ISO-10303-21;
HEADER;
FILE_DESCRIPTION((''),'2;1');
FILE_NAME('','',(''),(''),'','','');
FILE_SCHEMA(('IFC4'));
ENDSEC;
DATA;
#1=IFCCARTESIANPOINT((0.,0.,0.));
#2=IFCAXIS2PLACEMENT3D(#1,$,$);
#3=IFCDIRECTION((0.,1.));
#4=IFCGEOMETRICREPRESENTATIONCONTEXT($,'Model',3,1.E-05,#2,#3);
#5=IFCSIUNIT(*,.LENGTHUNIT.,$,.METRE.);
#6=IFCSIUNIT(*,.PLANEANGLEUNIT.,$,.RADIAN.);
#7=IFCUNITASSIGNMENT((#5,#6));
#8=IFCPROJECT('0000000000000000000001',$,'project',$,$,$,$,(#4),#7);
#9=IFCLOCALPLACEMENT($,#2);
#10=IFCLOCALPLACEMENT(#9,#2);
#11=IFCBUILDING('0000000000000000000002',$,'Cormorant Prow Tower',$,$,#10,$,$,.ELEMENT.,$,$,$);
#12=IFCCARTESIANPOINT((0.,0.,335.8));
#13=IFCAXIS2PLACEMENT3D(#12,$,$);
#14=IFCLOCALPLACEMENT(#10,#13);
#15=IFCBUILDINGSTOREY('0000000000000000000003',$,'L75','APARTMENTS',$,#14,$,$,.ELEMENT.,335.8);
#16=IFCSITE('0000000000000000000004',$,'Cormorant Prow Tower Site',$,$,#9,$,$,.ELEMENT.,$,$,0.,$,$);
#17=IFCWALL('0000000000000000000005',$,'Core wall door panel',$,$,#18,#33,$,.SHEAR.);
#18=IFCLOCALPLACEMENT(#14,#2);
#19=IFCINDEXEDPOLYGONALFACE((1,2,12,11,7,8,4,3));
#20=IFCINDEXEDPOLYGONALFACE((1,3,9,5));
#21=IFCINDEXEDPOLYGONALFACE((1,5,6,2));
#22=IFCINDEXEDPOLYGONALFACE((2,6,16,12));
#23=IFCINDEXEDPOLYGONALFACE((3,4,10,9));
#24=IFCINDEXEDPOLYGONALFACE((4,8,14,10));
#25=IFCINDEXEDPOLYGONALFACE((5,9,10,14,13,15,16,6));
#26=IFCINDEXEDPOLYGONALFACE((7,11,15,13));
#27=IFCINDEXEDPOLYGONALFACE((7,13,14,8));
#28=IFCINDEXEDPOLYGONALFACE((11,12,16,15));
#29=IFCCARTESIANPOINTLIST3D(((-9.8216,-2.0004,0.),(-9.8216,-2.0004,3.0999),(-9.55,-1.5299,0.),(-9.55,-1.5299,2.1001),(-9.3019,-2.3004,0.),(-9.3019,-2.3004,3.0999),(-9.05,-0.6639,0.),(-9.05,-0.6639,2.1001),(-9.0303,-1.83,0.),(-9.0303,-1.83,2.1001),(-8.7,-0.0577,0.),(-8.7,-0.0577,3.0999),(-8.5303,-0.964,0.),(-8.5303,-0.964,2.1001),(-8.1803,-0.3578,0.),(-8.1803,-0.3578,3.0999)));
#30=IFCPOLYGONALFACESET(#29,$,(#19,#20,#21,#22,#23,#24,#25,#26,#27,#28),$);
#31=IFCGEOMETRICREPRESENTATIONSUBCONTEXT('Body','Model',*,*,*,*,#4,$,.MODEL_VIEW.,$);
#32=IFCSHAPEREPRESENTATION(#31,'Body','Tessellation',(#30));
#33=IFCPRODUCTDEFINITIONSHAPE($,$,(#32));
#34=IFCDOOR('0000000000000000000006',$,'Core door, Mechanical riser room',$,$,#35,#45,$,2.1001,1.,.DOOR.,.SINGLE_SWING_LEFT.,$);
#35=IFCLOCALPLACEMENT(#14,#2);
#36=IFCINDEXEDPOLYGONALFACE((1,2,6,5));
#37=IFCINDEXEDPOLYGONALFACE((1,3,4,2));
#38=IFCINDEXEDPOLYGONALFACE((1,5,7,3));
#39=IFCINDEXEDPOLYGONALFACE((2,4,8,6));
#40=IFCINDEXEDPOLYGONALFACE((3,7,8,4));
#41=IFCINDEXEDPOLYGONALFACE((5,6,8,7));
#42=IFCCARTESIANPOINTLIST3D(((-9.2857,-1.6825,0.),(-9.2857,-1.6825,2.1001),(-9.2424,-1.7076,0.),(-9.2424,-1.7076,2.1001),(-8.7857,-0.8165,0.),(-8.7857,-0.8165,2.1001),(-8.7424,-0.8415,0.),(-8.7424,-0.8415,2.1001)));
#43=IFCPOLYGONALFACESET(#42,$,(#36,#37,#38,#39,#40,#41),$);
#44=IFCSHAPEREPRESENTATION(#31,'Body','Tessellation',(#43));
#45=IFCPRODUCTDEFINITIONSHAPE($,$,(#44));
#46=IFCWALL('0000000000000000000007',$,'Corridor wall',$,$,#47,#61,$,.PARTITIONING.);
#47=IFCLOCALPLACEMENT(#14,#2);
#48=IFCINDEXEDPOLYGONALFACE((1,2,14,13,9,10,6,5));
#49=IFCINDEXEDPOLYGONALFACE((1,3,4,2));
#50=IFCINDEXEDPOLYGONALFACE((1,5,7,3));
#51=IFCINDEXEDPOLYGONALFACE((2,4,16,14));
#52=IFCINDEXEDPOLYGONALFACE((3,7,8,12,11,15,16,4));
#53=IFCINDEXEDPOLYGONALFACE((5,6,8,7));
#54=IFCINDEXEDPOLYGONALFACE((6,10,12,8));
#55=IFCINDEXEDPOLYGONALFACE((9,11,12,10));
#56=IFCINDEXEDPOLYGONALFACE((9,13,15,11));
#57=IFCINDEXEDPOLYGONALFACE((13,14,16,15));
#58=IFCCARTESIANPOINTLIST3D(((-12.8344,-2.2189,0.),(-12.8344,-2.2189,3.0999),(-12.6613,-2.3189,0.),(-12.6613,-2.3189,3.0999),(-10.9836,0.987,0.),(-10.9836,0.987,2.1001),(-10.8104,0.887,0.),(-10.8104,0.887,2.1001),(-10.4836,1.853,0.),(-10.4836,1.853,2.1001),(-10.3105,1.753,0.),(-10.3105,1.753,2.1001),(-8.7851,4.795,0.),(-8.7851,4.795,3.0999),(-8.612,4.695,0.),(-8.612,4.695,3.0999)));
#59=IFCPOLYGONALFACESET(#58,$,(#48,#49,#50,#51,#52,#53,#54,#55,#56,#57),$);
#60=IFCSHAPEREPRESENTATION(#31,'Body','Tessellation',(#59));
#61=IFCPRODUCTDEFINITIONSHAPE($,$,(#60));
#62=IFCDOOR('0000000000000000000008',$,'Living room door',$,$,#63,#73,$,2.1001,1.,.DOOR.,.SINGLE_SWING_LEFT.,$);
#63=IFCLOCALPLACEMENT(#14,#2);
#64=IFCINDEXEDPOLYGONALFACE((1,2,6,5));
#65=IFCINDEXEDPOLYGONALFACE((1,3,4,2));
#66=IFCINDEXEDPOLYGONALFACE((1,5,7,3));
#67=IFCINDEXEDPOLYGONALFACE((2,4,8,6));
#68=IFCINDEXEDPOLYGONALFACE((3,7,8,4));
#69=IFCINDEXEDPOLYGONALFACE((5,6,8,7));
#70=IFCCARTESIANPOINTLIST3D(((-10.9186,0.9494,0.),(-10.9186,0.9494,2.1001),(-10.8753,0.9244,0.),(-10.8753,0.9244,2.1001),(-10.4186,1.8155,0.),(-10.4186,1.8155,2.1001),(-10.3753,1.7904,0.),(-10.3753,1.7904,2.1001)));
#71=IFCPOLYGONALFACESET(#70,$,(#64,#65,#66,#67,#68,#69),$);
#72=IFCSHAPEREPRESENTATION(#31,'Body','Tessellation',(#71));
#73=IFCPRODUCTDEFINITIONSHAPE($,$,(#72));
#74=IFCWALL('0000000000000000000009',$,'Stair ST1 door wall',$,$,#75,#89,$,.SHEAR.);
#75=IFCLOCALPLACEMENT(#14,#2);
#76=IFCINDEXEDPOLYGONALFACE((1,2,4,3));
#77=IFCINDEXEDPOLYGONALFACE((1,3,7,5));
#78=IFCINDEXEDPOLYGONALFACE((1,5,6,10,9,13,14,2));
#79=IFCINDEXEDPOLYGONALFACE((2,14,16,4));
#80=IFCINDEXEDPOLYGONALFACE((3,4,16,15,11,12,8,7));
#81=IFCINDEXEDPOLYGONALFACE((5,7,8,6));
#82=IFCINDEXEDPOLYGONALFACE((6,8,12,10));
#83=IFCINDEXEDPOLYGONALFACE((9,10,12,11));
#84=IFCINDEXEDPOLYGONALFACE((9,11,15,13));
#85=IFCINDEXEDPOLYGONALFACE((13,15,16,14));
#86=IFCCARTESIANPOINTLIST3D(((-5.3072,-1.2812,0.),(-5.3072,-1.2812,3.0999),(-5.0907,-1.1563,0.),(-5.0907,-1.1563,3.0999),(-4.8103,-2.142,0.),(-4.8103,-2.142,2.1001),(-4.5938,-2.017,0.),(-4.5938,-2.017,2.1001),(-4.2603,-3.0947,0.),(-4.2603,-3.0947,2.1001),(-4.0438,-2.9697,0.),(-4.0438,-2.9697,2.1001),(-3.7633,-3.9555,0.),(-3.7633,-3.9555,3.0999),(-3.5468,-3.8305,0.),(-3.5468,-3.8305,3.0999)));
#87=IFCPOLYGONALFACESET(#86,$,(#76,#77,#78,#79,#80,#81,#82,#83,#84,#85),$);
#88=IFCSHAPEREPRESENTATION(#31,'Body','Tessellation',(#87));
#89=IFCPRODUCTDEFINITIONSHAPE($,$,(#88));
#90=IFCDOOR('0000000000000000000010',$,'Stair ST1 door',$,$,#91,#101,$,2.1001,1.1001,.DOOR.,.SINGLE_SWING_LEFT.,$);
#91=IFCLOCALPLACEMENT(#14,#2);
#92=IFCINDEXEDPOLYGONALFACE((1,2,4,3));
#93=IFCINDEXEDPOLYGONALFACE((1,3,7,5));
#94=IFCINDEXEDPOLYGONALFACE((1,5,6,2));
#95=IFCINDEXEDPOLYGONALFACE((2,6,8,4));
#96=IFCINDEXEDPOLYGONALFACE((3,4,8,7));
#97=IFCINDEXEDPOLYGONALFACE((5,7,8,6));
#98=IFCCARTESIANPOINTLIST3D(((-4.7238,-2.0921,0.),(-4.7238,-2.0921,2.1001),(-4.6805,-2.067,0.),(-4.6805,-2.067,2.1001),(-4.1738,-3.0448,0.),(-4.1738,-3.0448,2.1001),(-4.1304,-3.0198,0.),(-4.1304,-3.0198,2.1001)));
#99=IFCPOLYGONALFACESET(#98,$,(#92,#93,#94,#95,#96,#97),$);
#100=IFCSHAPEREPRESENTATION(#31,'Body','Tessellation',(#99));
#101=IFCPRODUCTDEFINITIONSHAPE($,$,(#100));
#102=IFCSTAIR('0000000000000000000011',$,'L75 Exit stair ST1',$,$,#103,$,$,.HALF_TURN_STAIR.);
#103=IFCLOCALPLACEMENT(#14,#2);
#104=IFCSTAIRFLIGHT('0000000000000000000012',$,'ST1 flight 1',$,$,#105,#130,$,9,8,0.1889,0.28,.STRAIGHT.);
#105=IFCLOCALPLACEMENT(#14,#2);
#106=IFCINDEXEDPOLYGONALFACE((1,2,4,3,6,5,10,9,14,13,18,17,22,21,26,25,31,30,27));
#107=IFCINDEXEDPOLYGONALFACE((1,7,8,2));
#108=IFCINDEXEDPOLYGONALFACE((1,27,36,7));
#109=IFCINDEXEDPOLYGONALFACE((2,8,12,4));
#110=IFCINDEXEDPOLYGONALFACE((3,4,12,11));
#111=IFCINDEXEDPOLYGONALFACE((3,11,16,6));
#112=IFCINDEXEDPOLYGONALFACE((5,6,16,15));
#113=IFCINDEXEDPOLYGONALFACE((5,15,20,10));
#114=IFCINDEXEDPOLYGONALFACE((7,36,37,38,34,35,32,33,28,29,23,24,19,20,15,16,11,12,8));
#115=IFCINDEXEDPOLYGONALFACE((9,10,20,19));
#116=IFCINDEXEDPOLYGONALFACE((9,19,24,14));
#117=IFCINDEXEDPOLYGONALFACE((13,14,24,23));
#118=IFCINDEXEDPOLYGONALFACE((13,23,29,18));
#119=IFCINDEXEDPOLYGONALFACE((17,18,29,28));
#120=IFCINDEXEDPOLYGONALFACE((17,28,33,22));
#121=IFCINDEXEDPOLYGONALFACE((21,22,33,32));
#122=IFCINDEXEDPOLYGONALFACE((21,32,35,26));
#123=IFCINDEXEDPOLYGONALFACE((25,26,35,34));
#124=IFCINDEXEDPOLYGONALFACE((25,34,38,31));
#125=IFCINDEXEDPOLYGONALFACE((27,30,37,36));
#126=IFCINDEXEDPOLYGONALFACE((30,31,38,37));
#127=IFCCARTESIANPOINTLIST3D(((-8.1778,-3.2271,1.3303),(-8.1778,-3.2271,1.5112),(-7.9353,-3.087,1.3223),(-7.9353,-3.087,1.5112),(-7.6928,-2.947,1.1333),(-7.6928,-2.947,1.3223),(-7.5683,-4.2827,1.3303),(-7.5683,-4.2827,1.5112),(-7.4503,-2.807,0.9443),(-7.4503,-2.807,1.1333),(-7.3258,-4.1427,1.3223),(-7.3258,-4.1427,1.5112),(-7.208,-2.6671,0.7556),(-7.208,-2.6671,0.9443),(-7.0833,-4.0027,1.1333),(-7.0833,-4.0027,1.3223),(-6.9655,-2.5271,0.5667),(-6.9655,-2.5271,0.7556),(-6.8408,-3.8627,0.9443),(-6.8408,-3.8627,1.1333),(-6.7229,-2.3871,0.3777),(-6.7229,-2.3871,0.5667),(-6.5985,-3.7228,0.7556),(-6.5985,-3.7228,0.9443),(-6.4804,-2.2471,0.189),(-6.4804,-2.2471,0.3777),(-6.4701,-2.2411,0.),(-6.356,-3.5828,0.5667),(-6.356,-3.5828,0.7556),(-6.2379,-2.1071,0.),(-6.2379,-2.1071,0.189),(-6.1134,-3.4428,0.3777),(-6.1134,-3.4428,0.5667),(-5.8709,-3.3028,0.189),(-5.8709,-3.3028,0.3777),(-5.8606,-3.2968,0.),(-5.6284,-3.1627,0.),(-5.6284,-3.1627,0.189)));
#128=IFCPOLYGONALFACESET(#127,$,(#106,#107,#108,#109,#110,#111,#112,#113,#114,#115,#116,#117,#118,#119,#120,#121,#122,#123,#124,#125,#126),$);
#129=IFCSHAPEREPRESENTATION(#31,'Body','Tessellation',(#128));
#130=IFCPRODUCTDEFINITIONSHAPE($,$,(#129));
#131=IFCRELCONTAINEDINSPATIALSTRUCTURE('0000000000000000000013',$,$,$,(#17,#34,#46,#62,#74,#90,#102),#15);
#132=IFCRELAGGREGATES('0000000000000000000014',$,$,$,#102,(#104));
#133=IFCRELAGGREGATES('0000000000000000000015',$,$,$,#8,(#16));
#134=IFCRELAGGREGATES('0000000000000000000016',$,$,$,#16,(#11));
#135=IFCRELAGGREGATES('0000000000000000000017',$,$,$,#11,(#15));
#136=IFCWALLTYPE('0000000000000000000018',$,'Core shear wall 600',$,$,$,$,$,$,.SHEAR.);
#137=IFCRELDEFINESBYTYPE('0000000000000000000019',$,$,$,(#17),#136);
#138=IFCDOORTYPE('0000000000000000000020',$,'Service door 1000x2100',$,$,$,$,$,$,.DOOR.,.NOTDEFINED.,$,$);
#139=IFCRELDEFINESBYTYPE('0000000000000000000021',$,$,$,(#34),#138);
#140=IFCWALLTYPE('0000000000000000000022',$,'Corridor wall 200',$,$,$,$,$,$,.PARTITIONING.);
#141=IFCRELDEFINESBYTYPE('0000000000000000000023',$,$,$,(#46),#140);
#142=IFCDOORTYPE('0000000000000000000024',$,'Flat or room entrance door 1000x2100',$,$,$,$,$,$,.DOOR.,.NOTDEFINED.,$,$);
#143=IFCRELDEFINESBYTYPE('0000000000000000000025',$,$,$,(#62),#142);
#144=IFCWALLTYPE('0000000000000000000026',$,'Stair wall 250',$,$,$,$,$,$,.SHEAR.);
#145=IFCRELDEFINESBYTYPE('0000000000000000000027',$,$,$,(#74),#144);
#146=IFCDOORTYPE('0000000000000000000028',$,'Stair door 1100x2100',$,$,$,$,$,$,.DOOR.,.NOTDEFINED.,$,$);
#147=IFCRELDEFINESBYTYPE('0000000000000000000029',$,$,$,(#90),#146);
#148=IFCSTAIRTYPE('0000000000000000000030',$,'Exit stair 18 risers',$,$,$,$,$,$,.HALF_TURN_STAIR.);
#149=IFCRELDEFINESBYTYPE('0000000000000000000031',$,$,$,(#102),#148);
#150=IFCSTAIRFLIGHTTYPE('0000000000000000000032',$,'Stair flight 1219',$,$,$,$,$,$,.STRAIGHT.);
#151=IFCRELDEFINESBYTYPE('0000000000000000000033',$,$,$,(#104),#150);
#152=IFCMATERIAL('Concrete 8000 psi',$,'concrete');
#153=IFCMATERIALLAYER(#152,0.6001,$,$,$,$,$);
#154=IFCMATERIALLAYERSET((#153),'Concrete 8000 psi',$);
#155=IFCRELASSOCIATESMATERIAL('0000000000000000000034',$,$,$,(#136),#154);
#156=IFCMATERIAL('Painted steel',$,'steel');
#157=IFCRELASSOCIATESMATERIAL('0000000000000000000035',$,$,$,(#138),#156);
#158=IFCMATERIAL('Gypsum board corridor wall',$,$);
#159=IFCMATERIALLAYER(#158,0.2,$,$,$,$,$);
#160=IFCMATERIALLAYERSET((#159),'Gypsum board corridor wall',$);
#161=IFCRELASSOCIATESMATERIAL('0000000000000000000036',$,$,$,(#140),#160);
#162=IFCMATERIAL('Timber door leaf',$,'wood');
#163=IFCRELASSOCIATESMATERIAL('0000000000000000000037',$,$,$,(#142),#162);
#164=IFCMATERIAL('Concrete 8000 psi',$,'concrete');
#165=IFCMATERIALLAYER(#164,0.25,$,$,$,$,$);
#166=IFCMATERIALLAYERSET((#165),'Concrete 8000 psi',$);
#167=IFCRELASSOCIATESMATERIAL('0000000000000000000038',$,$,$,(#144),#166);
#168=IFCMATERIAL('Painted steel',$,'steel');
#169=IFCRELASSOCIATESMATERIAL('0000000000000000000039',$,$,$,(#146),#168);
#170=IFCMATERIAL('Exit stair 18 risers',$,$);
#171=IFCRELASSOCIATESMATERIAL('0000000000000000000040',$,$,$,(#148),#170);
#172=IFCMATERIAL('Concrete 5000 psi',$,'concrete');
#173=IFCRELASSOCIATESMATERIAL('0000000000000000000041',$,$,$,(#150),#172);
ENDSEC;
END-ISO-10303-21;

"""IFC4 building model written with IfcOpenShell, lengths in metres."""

from ifc_helpers import new_model, si_unit, direction, frame, frame_2d, origin, place, context, subcontext, project, spatial, polyline, rectangle, outline, extrude, material, layer, layer_set, type_object, element, fill, aggregate, save


model = new_model("IFC4")

# Units and contexts
model_context = context("Model", 3, precision=1e-05, world=origin(), true_north=direction((0.0, 1.0)))
body_context = subcontext(model_context, "Body", "Model", "MODEL_VIEW")
ifc_project = project(units=[si_unit("LENGTHUNIT", "METRE"), si_unit("PLANEANGLEUNIT", "RADIAN")], contexts=[model_context])

# Site, building, storey
site_placement = place(None, origin())
site = spatial("IfcSite", under=ifc_project, at=site_placement, Name="Cormorant Prow Tower Site", CompositionType="ELEMENT", RefElevation=0.0)
building_placement = place(site_placement, origin())
building = spatial("IfcBuilding", under=site, at=building_placement, Name="Cormorant Prow Tower", CompositionType="ELEMENT")
storey_placement = place(building_placement, frame((0.0, 0.0, 335.8)))
storey = spatial("IfcBuildingStorey", under=building, at=storey_placement, Name="L75", Description="APARTMENTS", CompositionType="ELEMENT", Elevation=335.8)

# Shared definitions
ifc_material_1 = material(Name="Concrete 8000 psi", Category="concrete")
ifc_layer_1 = layer(ifc_material_1, 0.6001)
ifc_layer_set_1 = layer_set([ifc_layer_1], Name="Concrete 8000 psi")
wall_type_1 = type_object("IfcWallType", Name="Core shear wall 600", PredefinedType="SHEAR", material=ifc_layer_set_1)

# Walls, openings, doors
wall_1_placement = place(storey_placement, frame((-8.4402, -0.2078, 0.0), z_axis=(0.0, 0.0, 1.0), x_axis=(-0.500002, -0.866024, 0.0)))
wall_1 = element("IfcWall", 1, at=wall_1_placement, inside=storey, type_object=wall_type_1, Name="Core wall door panel", PredefinedType="SHEAR", context=body_context, shape_type="SweptSolid", body=[
    extrude(rectangle(XDim=2.2432, YDim=0.6001, at=frame_2d((1.1216, 0.0))), origin(), (0.0, 0.0, 1.0), 3.0999),
])
opening_1_placement = place(wall_1_placement, frame((0.7, 0.0, 0.0)))
opening_1 = element("IfcOpeningElement", 2, at=opening_1_placement, cuts=wall_1, PredefinedType="OPENING", context=body_context, shape_type="SweptSolid", body=[
    extrude(rectangle(XDim=1.0, YDim=2.1001, at=frame_2d((0.5, 1.05))), frame((0.0, 0.3101, 0.0), z_axis=(0.0, -1.0, 0.0), x_axis=(1.0, 0.0, 0.0)), (0.0, 0.0, 1.0), 0.6201),
])
ifc_material_2 = material(Name="Painted steel", Category="steel")
door_type_1 = type_object("IfcDoorType", Name="Service door 1000x2100", OperationType="NOTDEFINED", PredefinedType="DOOR", material=ifc_material_2)
door_1_placement = place(opening_1_placement, origin())
door_1 = element("IfcDoor", 3, at=door_1_placement, inside=storey, type_object=door_type_1, Name="Core door, Mechanical riser room", OperationType="SINGLE_SWING_LEFT", OverallHeight=2.1001, OverallWidth=1.0, PredefinedType="DOOR", context=body_context, shape_type="SweptSolid", body=[
    extrude(rectangle(XDim=1.0, YDim=2.1001, at=frame_2d((0.5, 1.05))), frame((0.0, 0.0552, 0.0), z_axis=(0.0, -1.0, 0.0), x_axis=(1.0, 0.0, 0.0)), (0.0, 0.0, 1.0), 0.05),
])
fill(opening_1, door_1)
ifc_material_3 = material(Name="Gypsum board corridor wall")
ifc_layer_2 = layer(ifc_material_3, 0.2)
ifc_layer_set_2 = layer_set([ifc_layer_2], Name="Gypsum board corridor wall")
wall_type_2 = type_object("IfcWallType", Name="Corridor wall 200", PredefinedType="PARTITIONING", material=ifc_layer_set_2)
wall_2_placement = place(storey_placement, frame((-12.7478, -2.2688, 0.0), z_axis=(0.0, 0.0, 1.0), x_axis=(0.499984, 0.866034, 0.0)))
wall_2 = element("IfcWall", 4, at=wall_2_placement, inside=storey, type_object=wall_type_2, Name="Corridor wall", PredefinedType="PARTITIONING", context=body_context, shape_type="SweptSolid", body=[
    extrude(rectangle(XDim=8.0989, YDim=0.2, at=frame_2d((4.0493, 0.0))), origin(), (0.0, 0.0, 1.0), 3.0999),
])
opening_2_placement = place(wall_2_placement, frame((3.7017, 0.0, 0.0)))
opening_2 = element("IfcOpeningElement", 5, at=opening_2_placement, cuts=wall_2, PredefinedType="OPENING", context=body_context, shape_type="SweptSolid", body=[
    extrude(rectangle(XDim=1.0, YDim=2.1001, at=frame_2d((0.5, 1.05))), frame((0.0, 0.1099, 0.0), z_axis=(0.0, -1.0, 0.0), x_axis=(1.0, 0.0, 0.0)), (0.0, 0.0, 1.0), 0.22),
])
ifc_material_4 = material(Name="Timber door leaf", Category="wood")
door_type_2 = type_object("IfcDoorType", Name="Flat or room entrance door 1000x2100", OperationType="NOTDEFINED", PredefinedType="DOOR", material=ifc_material_4)
door_2_placement = place(opening_2_placement, origin())
door_2 = element("IfcDoor", 6, at=door_2_placement, inside=storey, type_object=door_type_2, Name="Living room door", OperationType="SINGLE_SWING_LEFT", OverallHeight=2.1001, OverallWidth=1.0, PredefinedType="DOOR", context=body_context, shape_type="SweptSolid", body=[
    extrude(rectangle(XDim=1.0, YDim=2.1001, at=frame_2d((0.5, 1.05))), frame((0.0, 0.0249, 0.0), z_axis=(0.0, -1.0, 0.0), x_axis=(1.0, 0.0, 0.0)), (0.0, 0.0, 1.0), 0.05),
])
fill(opening_2, door_2)
ifc_material_5 = material(Name="Concrete 8000 psi", Category="concrete")
ifc_layer_3 = layer(ifc_material_5, 0.25)
ifc_layer_set_3 = layer_set([ifc_layer_3], Name="Concrete 8000 psi")
wall_type_3 = type_object("IfcWallType", Name="Stair wall 250", PredefinedType="SHEAR", material=ifc_layer_set_3)
wall_3_placement = place(storey_placement, frame((-5.199, -1.2188, 0.0), z_axis=(0.0, 0.0, 1.0), x_axis=(0.499983, -0.866035, 0.0)))
wall_3 = element("IfcWall", 7, at=wall_3_placement, inside=storey, type_object=wall_type_3, Name="Stair ST1 door wall", PredefinedType="SHEAR", context=body_context, shape_type="SweptSolid", body=[
    extrude(rectangle(XDim=3.0879, YDim=0.25, at=frame_2d((1.5439, 0.0))), origin(), (0.0, 0.0, 1.0), 3.0999),
])
opening_3_placement = place(wall_3_placement, frame((0.9939, 0.0, 0.0)))
opening_3 = element("IfcOpeningElement", 8, at=opening_3_placement, cuts=wall_3, PredefinedType="OPENING", context=body_context, shape_type="SweptSolid", body=[
    extrude(rectangle(XDim=1.1001, YDim=2.1001, at=frame_2d((0.55, 1.05))), frame((0.0, 0.135, 0.0), z_axis=(0.0, -1.0, 0.0), x_axis=(1.0, 0.0, 0.0)), (0.0, 0.0, 1.0), 0.27),
])
ifc_material_6 = material(Name="Painted steel", Category="steel")
door_type_3 = type_object("IfcDoorType", Name="Stair door 1100x2100", OperationType="NOTDEFINED", PredefinedType="DOOR", material=ifc_material_6)
door_3_placement = place(opening_3_placement, origin())
door_3 = element("IfcDoor", 9, at=door_3_placement, inside=storey, type_object=door_type_3, Name="Stair ST1 door", OperationType="SINGLE_SWING_LEFT", OverallHeight=2.1001, OverallWidth=1.1001, PredefinedType="DOOR", context=body_context, shape_type="SweptSolid", body=[
    extrude(rectangle(XDim=1.1001, YDim=2.1001, at=frame_2d((0.55, 1.05))), frame((0.0, 0.0249, 0.0), z_axis=(0.0, -1.0, 0.0), x_axis=(1.0, 0.0, 0.0)), (0.0, 0.0, 1.0), 0.05),
])
fill(opening_3, door_3)

# Stair, stair flight
ifc_material_7 = material(Name="Exit stair 18 risers")
stair_type = type_object("IfcStairType", Name="Exit stair 18 risers", PredefinedType="HALF_TURN_STAIR", material=ifc_material_7)
stair_placement = place(storey_placement, origin())
stair = element("IfcStair", 10, at=stair_placement, inside=storey, type_object=stair_type, Name="L75 Exit stair ST1", PredefinedType="HALF_TURN_STAIR")
ifc_material_8 = material(Name="Concrete 5000 psi", Category="concrete")
stair_flight_type = type_object("IfcStairFlightType", Name="Stair flight 1219", PredefinedType="STRAIGHT", material=ifc_material_8)
stair_flight_placement = place(storey_placement, frame((-5.9331, -2.635, 0.0), z_axis=(0.0, 0.0, 1.0), x_axis=(-0.866025, -0.5, 0.0)))
stair_flight = element("IfcStairFlight", 11, at=stair_flight_placement, type_object=stair_flight_type, Name="ST1 flight 1", NumberOfRisers=9, NumberOfTreads=8, PredefinedType="STRAIGHT", RiserHeight=0.1889, TreadLength=0.28, context=body_context, shape_type="SweptSolid", body=[
    extrude(outline(polyline([(0.0, 0.0), (0.0, 0.189), (0.28, 0.189), (0.28, 0.3777), (0.5601, 0.3777), (0.5601, 0.5667), (0.8401, 0.5667), (0.8401, 0.7556), (1.1201, 0.7556), (1.1201, 0.9443), (1.3999, 0.9443), (1.3999, 1.1333), (1.6799, 1.1333), (1.6799, 1.3223), (1.96, 1.3223), (1.96, 1.5112), (2.24, 1.5112), (2.24, 1.7), (2.24, 1.3303), (0.2681, 0.0), (0.0, 0.0)])), frame((0.0, 0.6094, 0.0), z_axis=(0.0, -1.0, 0.0), x_axis=(1.0, 0.0, 0.0)), (0.0, 0.0, 1.0), 1.219),
])
aggregate(stair, [stair_flight])

save(model, "model.ifc")
